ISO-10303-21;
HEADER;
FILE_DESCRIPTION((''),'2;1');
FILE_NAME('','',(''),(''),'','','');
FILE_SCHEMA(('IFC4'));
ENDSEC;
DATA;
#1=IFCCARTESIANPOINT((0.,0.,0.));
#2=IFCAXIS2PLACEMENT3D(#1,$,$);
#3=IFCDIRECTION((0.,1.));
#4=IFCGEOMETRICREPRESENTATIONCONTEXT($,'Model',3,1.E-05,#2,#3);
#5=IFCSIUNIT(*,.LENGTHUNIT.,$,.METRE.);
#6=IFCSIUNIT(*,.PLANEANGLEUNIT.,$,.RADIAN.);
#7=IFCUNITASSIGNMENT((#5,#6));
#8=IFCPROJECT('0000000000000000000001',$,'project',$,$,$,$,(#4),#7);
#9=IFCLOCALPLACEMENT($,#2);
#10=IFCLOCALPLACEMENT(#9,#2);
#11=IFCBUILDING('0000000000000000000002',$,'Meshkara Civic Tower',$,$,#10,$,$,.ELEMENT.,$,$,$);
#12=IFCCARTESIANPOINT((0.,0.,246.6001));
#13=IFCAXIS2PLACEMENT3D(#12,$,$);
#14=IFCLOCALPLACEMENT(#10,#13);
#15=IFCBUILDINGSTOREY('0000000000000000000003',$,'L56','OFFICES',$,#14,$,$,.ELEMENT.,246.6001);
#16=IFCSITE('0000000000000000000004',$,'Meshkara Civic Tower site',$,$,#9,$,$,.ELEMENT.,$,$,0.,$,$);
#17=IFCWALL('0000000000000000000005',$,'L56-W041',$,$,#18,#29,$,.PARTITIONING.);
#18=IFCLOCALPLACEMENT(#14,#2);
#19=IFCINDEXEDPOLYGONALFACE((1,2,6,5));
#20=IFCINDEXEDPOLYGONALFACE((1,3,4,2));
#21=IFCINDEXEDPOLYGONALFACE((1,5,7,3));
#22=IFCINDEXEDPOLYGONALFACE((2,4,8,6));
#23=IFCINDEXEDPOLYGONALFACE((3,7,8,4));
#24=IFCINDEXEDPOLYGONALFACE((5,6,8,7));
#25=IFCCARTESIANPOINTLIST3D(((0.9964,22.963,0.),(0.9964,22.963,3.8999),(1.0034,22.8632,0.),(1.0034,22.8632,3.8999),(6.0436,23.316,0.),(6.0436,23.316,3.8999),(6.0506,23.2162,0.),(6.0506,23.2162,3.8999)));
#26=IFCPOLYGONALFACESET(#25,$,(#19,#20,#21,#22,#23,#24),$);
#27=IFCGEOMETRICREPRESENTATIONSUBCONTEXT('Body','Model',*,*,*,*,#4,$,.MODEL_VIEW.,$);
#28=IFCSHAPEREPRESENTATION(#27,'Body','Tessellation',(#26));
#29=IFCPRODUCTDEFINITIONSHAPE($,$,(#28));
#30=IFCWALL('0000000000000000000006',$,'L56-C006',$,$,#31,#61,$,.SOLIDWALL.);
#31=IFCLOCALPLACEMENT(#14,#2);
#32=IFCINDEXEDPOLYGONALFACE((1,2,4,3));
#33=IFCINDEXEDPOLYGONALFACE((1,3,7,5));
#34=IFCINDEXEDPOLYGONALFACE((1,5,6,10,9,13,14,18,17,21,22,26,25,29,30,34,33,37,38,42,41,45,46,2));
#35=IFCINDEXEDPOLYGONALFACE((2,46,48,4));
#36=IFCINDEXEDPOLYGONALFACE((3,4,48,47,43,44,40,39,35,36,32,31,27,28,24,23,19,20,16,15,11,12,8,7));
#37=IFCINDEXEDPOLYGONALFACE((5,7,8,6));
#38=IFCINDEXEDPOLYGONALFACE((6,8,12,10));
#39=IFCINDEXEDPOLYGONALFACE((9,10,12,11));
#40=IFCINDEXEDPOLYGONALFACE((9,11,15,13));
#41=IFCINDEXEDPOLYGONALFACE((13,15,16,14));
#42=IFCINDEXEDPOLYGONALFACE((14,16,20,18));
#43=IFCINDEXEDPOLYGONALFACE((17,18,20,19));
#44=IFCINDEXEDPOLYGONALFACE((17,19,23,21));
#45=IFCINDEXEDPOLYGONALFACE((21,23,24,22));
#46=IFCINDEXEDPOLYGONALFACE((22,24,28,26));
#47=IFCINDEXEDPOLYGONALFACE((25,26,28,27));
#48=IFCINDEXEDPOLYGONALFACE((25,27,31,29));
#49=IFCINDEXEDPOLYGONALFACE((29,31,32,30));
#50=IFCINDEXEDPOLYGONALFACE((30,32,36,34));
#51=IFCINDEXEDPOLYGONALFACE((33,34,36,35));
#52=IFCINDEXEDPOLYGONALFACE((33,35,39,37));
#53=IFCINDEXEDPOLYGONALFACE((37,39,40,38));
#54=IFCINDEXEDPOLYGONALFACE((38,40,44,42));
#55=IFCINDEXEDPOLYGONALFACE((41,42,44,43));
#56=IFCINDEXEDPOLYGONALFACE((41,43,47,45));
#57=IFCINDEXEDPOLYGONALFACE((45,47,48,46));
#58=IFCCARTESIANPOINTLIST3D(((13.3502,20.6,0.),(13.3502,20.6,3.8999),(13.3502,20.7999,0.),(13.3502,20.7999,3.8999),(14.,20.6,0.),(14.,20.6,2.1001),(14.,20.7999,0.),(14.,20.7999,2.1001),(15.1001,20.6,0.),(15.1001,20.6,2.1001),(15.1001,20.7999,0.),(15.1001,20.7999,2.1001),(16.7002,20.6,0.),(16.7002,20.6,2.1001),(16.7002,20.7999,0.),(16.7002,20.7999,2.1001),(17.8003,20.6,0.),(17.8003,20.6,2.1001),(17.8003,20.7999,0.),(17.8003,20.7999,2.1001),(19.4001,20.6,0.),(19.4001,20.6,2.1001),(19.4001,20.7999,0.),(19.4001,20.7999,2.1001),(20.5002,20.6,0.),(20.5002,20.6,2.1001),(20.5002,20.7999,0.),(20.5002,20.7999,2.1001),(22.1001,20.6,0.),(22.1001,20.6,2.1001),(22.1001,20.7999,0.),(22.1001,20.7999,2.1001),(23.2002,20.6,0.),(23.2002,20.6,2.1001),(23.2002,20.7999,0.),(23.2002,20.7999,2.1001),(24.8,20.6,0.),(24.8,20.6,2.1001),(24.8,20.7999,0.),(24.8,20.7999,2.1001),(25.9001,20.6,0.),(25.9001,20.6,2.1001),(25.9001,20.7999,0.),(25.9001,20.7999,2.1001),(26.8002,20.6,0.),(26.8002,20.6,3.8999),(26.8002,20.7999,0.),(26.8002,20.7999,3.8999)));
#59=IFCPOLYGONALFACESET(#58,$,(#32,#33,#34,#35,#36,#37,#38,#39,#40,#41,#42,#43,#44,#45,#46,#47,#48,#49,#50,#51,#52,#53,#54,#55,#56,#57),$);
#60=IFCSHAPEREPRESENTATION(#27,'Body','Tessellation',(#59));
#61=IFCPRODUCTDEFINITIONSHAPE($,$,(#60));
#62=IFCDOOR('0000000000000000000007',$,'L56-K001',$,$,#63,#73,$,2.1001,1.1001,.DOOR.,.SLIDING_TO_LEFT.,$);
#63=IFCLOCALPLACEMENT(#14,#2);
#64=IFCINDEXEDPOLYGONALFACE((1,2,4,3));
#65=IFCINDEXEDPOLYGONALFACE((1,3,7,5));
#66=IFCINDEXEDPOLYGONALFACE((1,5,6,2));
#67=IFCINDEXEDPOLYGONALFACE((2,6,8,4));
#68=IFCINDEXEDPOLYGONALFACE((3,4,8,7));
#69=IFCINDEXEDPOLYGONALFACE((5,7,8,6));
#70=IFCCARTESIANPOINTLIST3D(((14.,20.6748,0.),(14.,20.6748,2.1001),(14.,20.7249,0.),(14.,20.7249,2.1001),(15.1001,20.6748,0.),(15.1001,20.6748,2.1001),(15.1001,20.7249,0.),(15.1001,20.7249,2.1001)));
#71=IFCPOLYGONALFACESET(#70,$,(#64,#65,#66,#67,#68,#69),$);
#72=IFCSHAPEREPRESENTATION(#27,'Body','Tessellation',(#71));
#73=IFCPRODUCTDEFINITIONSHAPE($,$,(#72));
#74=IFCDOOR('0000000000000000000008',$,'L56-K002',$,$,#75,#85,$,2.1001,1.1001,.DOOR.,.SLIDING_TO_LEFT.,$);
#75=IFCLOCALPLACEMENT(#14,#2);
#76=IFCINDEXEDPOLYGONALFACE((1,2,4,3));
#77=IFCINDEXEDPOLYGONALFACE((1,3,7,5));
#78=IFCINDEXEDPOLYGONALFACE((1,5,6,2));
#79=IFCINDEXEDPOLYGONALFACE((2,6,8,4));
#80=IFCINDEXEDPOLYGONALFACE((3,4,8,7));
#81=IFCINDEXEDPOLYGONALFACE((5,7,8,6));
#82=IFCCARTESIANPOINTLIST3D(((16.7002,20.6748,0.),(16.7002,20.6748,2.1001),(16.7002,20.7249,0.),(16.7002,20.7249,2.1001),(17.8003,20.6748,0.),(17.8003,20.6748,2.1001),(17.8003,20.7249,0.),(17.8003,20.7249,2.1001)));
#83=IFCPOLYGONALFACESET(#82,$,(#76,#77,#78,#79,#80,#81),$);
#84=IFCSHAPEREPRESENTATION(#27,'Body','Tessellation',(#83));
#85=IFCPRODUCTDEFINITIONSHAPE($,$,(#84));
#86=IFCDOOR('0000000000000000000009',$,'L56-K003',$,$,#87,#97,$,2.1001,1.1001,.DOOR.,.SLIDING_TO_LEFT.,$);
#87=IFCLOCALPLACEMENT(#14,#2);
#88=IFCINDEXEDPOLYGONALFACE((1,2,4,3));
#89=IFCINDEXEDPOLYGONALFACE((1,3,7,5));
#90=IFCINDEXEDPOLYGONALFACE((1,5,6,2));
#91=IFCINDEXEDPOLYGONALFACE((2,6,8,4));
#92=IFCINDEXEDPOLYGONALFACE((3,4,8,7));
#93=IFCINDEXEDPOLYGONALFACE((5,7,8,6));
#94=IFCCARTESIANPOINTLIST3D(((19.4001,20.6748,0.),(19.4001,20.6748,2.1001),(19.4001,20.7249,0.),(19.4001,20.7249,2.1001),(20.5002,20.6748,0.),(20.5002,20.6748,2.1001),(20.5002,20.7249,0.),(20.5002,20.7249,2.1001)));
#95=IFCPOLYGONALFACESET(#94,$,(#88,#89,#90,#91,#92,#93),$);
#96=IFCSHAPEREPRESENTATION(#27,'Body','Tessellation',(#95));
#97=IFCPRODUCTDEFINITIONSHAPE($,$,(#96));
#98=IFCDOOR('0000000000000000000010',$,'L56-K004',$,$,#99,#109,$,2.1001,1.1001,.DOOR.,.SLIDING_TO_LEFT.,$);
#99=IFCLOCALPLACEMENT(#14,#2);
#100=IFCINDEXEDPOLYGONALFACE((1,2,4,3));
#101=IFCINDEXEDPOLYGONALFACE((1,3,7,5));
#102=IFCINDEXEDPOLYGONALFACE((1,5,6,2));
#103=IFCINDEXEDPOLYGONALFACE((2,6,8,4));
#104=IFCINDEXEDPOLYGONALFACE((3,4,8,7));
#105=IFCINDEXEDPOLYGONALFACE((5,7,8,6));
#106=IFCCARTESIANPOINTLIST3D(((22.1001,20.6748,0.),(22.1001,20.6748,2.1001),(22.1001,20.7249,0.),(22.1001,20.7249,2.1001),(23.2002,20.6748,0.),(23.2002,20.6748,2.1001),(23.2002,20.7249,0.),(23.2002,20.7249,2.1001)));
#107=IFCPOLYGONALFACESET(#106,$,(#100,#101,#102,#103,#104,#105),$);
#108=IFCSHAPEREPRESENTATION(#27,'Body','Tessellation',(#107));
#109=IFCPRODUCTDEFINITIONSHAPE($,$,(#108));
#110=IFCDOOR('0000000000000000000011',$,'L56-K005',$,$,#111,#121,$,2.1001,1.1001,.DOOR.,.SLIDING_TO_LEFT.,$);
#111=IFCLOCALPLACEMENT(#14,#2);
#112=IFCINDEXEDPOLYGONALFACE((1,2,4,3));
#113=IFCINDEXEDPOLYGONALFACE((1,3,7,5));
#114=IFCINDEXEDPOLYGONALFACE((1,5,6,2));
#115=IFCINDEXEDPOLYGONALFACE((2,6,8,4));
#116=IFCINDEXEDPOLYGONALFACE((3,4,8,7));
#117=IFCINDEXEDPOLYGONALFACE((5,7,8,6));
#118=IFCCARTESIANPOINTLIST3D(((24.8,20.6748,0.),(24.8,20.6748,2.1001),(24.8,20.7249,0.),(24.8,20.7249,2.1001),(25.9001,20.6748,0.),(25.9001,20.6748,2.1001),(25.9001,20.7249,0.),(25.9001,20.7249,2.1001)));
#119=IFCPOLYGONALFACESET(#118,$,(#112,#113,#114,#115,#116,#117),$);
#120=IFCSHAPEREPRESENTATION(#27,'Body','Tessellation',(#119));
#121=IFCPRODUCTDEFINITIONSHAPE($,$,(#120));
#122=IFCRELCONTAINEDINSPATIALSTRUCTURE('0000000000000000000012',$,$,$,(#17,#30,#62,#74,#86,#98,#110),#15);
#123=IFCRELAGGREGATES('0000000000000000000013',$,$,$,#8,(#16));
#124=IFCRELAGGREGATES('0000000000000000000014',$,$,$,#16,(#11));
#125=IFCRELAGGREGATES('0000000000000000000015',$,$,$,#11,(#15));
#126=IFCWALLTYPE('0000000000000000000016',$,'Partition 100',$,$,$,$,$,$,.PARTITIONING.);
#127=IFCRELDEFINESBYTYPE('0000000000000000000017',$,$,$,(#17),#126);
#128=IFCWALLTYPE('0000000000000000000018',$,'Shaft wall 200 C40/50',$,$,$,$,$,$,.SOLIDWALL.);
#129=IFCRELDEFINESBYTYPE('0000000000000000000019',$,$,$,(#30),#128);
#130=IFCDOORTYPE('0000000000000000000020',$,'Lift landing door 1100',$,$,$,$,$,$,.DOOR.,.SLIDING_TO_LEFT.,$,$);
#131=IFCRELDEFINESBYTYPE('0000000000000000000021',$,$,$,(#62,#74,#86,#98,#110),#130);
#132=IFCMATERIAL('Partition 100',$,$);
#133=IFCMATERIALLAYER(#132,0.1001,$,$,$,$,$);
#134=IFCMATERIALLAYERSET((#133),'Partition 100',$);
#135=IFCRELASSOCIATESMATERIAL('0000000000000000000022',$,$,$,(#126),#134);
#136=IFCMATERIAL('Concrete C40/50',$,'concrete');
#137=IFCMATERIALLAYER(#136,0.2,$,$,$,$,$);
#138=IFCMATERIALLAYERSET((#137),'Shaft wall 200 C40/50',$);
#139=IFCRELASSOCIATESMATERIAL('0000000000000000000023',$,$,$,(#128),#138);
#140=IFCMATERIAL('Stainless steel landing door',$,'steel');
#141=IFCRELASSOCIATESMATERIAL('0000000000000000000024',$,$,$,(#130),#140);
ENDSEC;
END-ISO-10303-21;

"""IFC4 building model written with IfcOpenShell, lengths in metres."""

from ifc_helpers import new_model, si_unit, direction, frame, frame_2d, origin, place, context, subcontext, project, spatial, rectangle, extrude, material, layer, layer_set, type_object, element, fill, save


model = new_model("IFC4")

# Units and contexts
model_context = context("Model", 3, precision=1e-05, world=origin(), true_north=direction((0.0, 1.0)))
body_context = subcontext(model_context, "Body", "Model", "MODEL_VIEW")
ifc_project = project(units=[si_unit("LENGTHUNIT", "METRE"), si_unit("PLANEANGLEUNIT", "RADIAN")], contexts=[model_context])

# Site, building, storey
site_placement = place(None, origin())
site = spatial("IfcSite", under=ifc_project, at=site_placement, Name="Meshkara Civic Tower site", CompositionType="ELEMENT", RefElevation=0.0)
building_placement = place(site_placement, origin())
building = spatial("IfcBuilding", under=site, at=building_placement, Name="Meshkara Civic Tower", CompositionType="ELEMENT")
storey_placement = place(building_placement, frame((0.0, 0.0, 246.6001)))
storey = spatial("IfcBuildingStorey", under=building, at=storey_placement, Name="L56", Description="OFFICES", CompositionType="ELEMENT", Elevation=246.6001)

# Wall
ifc_material_1 = material(Name="Partition 100")
ifc_layer_1 = layer(ifc_material_1, 0.1001)
ifc_layer_set_1 = layer_set([ifc_layer_1], Name="Partition 100")
wall_type_1 = type_object("IfcWallType", Name="Partition 100", PredefinedType="PARTITIONING", material=ifc_layer_set_1)
wall_1_placement = place(storey_placement, frame((6.0471, 23.2661, 0.0), z_axis=(0.0, 0.0, 1.0), x_axis=(-0.997563, -0.069776, 0.0)))
element("IfcWall", 1, at=wall_1_placement, inside=storey, type_object=wall_type_1, Name="L56-W041", PredefinedType="PARTITIONING", context=body_context, shape_type="SweptSolid", body=[
    extrude(rectangle(XDim=5.0596, YDim=0.1001, at=frame_2d((2.5298, 0.0))), origin(), (0.0, 0.0, 1.0), 3.8999),
])

# Wall, openings, doors
ifc_material_2 = material(Name="Concrete C40/50", Category="concrete")
ifc_layer_2 = layer(ifc_material_2, 0.2)
ifc_layer_set_2 = layer_set([ifc_layer_2], Name="Shaft wall 200 C40/50")
wall_type_2 = type_object("IfcWallType", Name="Shaft wall 200 C40/50", PredefinedType="SOLIDWALL", material=ifc_layer_set_2)
wall_2_placement = place(storey_placement, frame((13.3501, 20.7, 0.0), z_axis=(0.0, 0.0, 1.0), x_axis=(1.0, 0.0, 0.0)))
wall_2 = element("IfcWall", 2, at=wall_2_placement, inside=storey, type_object=wall_type_2, Name="L56-C006", PredefinedType="SOLIDWALL", context=body_context, shape_type="SweptSolid", body=[
    extrude(rectangle(XDim=13.45, YDim=0.2, at=frame_2d((6.7251, 0.0))), origin(), (0.0, 0.0, 1.0), 3.8999),
])
opening_1_placement = place(wall_2_placement, frame((0.6499, 0.0, 0.0)))
opening_1 = element("IfcOpeningElement", 3, at=opening_1_placement, cuts=wall_2, PredefinedType="OPENING", context=body_context, shape_type="SweptSolid", body=[
    extrude(rectangle(XDim=1.1001, YDim=2.1001, at=frame_2d((0.55, 1.05))), frame((0.0, 0.1099, 0.0), z_axis=(0.0, -1.0, 0.0), x_axis=(1.0, 0.0, 0.0)), (0.0, 0.0, 1.0), 0.22),
])
opening_2_placement = place(wall_2_placement, frame((3.3501, 0.0, 0.0)))
opening_2 = element("IfcOpeningElement", 4, at=opening_2_placement, cuts=wall_2, PredefinedType="OPENING", context=body_context, shape_type="SweptSolid", body=[
    extrude(rectangle(XDim=1.1001, YDim=2.1001, at=frame_2d((0.55, 1.05))), frame((0.0, 0.1099, 0.0), z_axis=(0.0, -1.0, 0.0), x_axis=(1.0, 0.0, 0.0)), (0.0, 0.0, 1.0), 0.22),
])
opening_3_placement = place(wall_2_placement, frame((6.05, 0.0, 0.0)))
opening_3 = element("IfcOpeningElement", 5, at=opening_3_placement, cuts=wall_2, PredefinedType="OPENING", context=body_context, shape_type="SweptSolid", body=[
    extrude(rectangle(XDim=1.1001, YDim=2.1001, at=frame_2d((0.55, 1.05))), frame((0.0, 0.1099, 0.0), z_axis=(0.0, -1.0, 0.0), x_axis=(1.0, 0.0, 0.0)), (0.0, 0.0, 1.0), 0.22),
])
opening_4_placement = place(wall_2_placement, frame((8.75, 0.0, 0.0)))
opening_4 = element("IfcOpeningElement", 6, at=opening_4_placement, cuts=wall_2, PredefinedType="OPENING", context=body_context, shape_type="SweptSolid", body=[
    extrude(rectangle(XDim=1.1001, YDim=2.1001, at=frame_2d((0.55, 1.05))), frame((0.0, 0.1099, 0.0), z_axis=(0.0, -1.0, 0.0), x_axis=(1.0, 0.0, 0.0)), (0.0, 0.0, 1.0), 0.22),
])
opening_5_placement = place(wall_2_placement, frame((11.45, 0.0, 0.0)))
opening_5 = element("IfcOpeningElement", 7, at=opening_5_placement, cuts=wall_2, PredefinedType="OPENING", context=body_context, shape_type="SweptSolid", body=[
    extrude(rectangle(XDim=1.1001, YDim=2.1001, at=frame_2d((0.55, 1.05))), frame((0.0, 0.1099, 0.0), z_axis=(0.0, -1.0, 0.0), x_axis=(1.0, 0.0, 0.0)), (0.0, 0.0, 1.0), 0.22),
])
ifc_material_3 = material(Name="Stainless steel landing door", Category="steel")
door_type_1 = type_object("IfcDoorType", Name="Lift landing door 1100", OperationType="SLIDING_TO_LEFT", PredefinedType="DOOR", material=ifc_material_3)
door_1_placement = place(opening_1_placement, origin())
door_1 = element("IfcDoor", 8, at=door_1_placement, inside=storey, type_object=door_type_1, Name="L56-K001", OperationType="SLIDING_TO_LEFT", OverallHeight=2.1001, OverallWidth=1.1001, PredefinedType="DOOR", context=body_context, shape_type="SweptSolid", body=[
    extrude(rectangle(XDim=1.1001, YDim=2.1001, at=frame_2d((0.55, 1.05))), frame((0.0, 0.0249, 0.0), z_axis=(0.0, -1.0, 0.0), x_axis=(1.0, 0.0, 0.0)), (0.0, 0.0, 1.0), 0.05),
])
fill(opening_1, door_1)
door_2_placement = place(opening_2_placement, origin())
door_2 = element("IfcDoor", 9, at=door_2_placement, inside=storey, type_object=door_type_1, Name="L56-K002", OperationType="SLIDING_TO_LEFT", OverallHeight=2.1001, OverallWidth=1.1001, PredefinedType="DOOR", context=body_context, shape_type="SweptSolid", body=[
    extrude(rectangle(XDim=1.1001, YDim=2.1001, at=frame_2d((0.55, 1.05))), frame((0.0, 0.0249, 0.0), z_axis=(0.0, -1.0, 0.0), x_axis=(1.0, 0.0, 0.0)), (0.0, 0.0, 1.0), 0.05),
])
fill(opening_2, door_2)
door_3_placement = place(opening_3_placement, origin())
door_3 = element("IfcDoor", 10, at=door_3_placement, inside=storey, type_object=door_type_1, Name="L56-K003", OperationType="SLIDING_TO_LEFT", OverallHeight=2.1001, OverallWidth=1.1001, PredefinedType="DOOR", context=body_context, shape_type="SweptSolid", body=[
    extrude(rectangle(XDim=1.1001, YDim=2.1001, at=frame_2d((0.55, 1.05))), frame((0.0, 0.0249, 0.0), z_axis=(0.0, -1.0, 0.0), x_axis=(1.0, 0.0, 0.0)), (0.0, 0.0, 1.0), 0.05),
])
fill(opening_3, door_3)
door_4_placement = place(opening_4_placement, origin())
door_4 = element("IfcDoor", 11, at=door_4_placement, inside=storey, type_object=door_type_1, Name="L56-K004", OperationType="SLIDING_TO_LEFT", OverallHeight=2.1001, OverallWidth=1.1001, PredefinedType="DOOR", context=body_context, shape_type="SweptSolid", body=[
    extrude(rectangle(XDim=1.1001, YDim=2.1001, at=frame_2d((0.55, 1.05))), frame((0.0, 0.0249, 0.0), z_axis=(0.0, -1.0, 0.0), x_axis=(1.0, 0.0, 0.0)), (0.0, 0.0, 1.0), 0.05),
])
fill(opening_4, door_4)
door_5_placement = place(opening_5_placement, origin())
door_5 = element("IfcDoor", 12, at=door_5_placement, inside=storey, type_object=door_type_1, Name="L56-K005", OperationType="SLIDING_TO_LEFT", OverallHeight=2.1001, OverallWidth=1.1001, PredefinedType="DOOR", context=body_context, shape_type="SweptSolid", body=[
    extrude(rectangle(XDim=1.1001, YDim=2.1001, at=frame_2d((0.55, 1.05))), frame((0.0, 0.0249, 0.0), z_axis=(0.0, -1.0, 0.0), x_axis=(1.0, 0.0, 0.0)), (0.0, 0.0, 1.0), 0.05),
])
fill(opening_5, door_5)

save(model, "model.ifc")
